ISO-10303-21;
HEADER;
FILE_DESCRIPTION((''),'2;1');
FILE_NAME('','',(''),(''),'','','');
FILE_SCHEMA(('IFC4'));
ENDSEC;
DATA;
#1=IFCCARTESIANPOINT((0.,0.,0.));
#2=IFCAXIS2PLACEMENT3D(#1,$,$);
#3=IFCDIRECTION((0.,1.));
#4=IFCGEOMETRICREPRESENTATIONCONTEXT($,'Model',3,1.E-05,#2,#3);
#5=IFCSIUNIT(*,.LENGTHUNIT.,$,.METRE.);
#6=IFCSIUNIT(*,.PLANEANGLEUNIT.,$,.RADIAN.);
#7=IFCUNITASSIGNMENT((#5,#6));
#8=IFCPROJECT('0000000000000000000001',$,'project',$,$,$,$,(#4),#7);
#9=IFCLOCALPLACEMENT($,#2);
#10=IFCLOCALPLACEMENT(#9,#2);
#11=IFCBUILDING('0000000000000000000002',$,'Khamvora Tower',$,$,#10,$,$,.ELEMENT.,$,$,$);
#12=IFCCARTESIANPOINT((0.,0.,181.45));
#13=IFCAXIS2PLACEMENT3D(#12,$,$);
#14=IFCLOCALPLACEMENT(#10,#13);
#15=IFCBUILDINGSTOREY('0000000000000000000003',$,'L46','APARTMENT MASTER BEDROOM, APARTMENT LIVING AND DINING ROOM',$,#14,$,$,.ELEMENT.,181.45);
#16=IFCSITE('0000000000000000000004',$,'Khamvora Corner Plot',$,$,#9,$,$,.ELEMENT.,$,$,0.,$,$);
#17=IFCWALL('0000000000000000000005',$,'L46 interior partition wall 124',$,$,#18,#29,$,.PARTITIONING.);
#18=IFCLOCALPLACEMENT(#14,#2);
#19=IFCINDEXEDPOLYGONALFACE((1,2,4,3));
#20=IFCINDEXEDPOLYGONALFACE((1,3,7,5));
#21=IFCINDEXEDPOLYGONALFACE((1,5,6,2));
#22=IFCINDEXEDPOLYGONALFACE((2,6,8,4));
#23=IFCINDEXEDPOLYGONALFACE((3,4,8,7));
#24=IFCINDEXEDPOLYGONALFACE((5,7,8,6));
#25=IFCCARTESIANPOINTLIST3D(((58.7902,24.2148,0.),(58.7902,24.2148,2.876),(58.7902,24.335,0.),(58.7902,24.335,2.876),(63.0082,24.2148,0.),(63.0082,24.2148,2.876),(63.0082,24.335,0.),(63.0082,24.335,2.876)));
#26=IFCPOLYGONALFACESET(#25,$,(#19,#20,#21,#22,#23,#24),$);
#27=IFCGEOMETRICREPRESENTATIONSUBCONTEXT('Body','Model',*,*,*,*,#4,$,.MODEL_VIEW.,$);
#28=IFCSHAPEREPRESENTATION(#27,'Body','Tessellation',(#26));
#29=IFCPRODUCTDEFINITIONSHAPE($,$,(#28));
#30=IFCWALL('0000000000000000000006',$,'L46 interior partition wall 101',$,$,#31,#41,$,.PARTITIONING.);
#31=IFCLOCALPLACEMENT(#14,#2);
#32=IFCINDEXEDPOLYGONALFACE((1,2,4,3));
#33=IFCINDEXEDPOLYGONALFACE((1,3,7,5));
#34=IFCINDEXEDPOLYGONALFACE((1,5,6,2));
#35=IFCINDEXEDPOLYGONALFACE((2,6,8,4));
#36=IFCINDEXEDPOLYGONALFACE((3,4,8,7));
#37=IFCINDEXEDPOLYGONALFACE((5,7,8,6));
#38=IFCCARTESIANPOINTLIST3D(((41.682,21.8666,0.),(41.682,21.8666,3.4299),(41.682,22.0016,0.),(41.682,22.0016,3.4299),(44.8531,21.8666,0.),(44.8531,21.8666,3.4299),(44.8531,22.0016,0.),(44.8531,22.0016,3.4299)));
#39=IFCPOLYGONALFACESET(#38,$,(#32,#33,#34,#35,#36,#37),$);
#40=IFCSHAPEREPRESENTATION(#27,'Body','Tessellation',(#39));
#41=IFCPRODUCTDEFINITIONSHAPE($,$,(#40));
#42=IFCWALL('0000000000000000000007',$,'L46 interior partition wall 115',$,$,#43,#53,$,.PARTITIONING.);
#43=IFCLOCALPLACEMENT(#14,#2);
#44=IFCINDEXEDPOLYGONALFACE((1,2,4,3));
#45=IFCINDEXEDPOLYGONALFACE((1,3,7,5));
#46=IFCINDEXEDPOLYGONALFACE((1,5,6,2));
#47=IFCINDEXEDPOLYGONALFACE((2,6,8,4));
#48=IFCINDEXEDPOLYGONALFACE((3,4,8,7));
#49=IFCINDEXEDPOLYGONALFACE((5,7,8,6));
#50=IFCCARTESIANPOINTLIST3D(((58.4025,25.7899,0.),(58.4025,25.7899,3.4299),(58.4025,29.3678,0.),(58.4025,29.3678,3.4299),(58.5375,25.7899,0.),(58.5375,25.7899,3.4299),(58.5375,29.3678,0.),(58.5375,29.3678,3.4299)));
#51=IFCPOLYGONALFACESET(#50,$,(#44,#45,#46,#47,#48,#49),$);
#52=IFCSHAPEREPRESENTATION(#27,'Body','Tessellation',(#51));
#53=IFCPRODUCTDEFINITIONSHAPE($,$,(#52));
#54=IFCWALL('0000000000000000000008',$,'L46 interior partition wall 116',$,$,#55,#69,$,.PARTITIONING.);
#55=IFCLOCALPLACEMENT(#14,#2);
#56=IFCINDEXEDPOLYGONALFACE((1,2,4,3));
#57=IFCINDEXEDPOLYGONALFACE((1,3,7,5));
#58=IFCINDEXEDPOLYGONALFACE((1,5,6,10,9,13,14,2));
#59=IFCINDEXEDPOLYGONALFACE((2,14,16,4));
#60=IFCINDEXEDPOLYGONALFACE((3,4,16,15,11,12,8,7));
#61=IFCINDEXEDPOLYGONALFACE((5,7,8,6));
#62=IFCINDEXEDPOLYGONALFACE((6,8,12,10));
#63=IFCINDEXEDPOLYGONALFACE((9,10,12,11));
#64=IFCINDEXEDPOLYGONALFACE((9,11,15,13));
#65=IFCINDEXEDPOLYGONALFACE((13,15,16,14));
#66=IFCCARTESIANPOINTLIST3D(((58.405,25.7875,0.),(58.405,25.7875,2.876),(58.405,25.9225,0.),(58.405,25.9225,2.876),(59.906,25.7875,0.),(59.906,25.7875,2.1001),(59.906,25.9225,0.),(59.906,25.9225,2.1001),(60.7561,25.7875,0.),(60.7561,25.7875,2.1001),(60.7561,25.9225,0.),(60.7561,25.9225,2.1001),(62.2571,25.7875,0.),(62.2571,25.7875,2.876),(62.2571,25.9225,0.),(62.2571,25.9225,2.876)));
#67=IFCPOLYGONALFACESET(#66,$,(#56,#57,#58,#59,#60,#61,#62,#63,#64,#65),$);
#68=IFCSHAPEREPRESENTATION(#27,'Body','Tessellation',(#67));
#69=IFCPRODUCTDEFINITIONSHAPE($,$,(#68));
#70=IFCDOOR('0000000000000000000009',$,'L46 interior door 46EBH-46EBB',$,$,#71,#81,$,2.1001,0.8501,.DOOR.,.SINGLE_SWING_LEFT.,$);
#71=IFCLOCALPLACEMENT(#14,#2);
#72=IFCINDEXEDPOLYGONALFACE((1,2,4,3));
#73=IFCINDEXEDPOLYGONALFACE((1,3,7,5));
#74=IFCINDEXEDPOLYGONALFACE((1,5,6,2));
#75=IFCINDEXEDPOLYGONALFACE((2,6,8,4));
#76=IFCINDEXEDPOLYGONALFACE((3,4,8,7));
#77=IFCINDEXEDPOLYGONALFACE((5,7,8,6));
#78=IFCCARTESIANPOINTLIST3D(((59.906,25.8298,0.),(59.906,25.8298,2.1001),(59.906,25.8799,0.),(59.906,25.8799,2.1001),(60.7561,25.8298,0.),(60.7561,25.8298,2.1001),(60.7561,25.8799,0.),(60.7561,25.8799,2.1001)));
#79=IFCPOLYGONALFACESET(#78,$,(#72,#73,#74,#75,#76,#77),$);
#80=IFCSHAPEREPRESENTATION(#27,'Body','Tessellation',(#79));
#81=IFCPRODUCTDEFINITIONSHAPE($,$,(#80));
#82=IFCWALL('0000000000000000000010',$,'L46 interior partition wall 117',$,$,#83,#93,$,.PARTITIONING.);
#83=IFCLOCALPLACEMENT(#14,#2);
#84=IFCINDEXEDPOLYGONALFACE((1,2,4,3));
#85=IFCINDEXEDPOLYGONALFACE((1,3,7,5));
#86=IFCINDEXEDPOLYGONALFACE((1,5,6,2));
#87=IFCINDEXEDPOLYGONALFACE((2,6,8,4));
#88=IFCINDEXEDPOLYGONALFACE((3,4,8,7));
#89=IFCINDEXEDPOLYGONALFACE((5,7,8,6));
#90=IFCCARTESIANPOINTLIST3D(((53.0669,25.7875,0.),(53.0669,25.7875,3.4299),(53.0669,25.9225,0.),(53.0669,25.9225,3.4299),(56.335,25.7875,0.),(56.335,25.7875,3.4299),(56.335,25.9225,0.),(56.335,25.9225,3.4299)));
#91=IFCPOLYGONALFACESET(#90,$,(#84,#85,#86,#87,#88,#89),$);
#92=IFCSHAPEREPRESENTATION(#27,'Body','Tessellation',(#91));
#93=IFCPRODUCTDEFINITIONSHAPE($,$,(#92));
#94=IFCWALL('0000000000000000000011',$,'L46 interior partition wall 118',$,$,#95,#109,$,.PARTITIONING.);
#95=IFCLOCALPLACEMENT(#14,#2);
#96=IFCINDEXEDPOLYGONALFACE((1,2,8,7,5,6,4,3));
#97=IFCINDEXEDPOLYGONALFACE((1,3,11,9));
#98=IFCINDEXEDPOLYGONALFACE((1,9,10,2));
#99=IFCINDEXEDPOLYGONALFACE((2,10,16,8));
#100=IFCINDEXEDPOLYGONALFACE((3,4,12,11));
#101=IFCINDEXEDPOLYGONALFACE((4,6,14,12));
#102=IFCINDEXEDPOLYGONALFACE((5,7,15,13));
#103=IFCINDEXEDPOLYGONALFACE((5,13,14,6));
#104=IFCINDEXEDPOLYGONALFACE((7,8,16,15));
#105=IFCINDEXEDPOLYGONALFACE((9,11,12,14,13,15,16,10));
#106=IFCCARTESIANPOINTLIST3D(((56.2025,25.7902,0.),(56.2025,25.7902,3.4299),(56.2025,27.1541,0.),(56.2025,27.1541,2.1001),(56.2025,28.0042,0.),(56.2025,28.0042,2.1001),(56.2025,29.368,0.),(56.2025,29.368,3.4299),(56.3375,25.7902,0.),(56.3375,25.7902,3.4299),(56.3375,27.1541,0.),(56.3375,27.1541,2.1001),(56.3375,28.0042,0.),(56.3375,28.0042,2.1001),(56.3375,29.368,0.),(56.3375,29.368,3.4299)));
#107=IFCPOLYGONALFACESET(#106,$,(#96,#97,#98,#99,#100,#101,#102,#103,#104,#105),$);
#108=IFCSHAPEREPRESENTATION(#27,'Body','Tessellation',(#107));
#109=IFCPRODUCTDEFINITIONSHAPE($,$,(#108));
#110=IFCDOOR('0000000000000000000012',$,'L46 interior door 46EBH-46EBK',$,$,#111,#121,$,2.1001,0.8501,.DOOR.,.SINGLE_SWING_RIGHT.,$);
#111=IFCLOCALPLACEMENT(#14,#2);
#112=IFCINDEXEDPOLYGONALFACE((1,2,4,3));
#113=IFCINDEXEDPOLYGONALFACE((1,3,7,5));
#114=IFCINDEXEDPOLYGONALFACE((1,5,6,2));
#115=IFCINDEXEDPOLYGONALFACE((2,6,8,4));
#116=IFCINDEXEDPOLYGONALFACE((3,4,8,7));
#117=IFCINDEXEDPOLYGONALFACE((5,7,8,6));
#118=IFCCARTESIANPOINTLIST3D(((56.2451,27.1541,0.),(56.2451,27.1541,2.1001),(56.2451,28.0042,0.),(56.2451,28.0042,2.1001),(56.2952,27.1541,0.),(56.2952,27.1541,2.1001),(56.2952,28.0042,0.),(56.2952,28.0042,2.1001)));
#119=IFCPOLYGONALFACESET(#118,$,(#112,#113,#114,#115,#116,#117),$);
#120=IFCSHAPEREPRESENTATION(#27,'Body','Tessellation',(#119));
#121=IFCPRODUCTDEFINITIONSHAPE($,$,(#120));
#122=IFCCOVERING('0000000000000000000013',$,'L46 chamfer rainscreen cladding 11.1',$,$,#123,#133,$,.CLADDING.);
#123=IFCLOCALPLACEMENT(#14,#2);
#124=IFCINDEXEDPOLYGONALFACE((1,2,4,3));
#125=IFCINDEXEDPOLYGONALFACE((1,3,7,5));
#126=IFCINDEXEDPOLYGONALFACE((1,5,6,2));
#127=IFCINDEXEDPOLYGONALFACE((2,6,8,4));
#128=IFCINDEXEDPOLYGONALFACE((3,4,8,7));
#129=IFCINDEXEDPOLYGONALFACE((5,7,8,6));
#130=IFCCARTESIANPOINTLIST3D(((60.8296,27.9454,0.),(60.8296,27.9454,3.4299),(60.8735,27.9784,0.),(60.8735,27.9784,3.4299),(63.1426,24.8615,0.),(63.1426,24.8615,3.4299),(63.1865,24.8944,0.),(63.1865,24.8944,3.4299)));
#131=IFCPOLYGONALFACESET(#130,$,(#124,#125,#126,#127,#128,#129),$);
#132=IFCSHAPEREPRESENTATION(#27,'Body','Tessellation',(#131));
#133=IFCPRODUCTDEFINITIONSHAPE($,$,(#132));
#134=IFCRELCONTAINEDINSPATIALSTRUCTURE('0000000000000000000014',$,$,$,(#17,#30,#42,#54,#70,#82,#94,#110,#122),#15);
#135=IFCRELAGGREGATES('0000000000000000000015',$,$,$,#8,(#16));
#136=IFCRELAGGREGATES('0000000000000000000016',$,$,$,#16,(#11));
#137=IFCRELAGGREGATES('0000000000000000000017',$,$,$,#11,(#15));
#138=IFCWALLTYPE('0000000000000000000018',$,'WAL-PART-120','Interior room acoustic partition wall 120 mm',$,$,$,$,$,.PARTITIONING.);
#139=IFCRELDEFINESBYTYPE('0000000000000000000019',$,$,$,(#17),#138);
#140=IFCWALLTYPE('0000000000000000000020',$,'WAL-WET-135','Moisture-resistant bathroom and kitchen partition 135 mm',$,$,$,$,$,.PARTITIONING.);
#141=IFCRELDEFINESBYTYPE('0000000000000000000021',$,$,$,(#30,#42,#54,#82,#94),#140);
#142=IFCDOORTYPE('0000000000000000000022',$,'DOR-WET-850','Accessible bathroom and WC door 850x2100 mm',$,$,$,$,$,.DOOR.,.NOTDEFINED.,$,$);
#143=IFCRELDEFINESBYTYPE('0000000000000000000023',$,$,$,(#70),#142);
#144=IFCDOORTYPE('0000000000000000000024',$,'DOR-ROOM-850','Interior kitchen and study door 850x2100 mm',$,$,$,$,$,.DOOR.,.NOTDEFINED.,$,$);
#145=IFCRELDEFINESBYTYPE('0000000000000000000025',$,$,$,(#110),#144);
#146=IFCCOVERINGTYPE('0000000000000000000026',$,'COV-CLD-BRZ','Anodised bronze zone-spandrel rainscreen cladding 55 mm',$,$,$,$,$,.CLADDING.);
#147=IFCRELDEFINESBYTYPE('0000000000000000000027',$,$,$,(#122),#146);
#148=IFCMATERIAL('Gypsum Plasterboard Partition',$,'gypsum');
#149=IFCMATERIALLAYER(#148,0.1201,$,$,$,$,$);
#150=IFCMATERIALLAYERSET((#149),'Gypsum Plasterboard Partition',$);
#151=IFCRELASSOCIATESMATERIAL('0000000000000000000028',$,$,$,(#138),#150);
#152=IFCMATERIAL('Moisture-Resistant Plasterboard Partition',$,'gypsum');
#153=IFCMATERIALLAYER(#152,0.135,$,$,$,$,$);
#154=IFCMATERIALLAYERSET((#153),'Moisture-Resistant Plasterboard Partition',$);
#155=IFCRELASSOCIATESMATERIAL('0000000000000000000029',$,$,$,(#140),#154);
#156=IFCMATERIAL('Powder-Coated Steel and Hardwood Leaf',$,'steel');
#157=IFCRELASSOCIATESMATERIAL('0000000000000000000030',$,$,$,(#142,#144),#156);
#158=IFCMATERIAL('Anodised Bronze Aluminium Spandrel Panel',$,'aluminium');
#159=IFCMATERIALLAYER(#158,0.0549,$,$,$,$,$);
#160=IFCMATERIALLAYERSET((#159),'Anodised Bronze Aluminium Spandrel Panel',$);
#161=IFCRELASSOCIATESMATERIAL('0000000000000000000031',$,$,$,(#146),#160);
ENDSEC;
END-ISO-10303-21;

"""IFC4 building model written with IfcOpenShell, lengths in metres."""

from ifc_helpers import new_model, si_unit, direction, frame, frame_2d, origin, origin_2d, place, context, subcontext, project, spatial, rectangle, extrude, material, layer, layer_set, type_object, element, fill, save


model = new_model("IFC4")

# Units and contexts
model_context = context("Model", 3, precision=1e-05, world=origin(), true_north=direction((0.0, 1.0)))
body_context = subcontext(model_context, "Body", "Model", "MODEL_VIEW")
ifc_project = project(units=[si_unit("LENGTHUNIT", "METRE"), si_unit("PLANEANGLEUNIT", "RADIAN")], contexts=[model_context])

# Site, building, storey
site_placement = place(None, origin())
site = spatial("IfcSite", under=ifc_project, at=site_placement, Name="Khamvora Corner Plot", CompositionType="ELEMENT", RefElevation=0.0)
building_placement = place(site_placement, origin())
building = spatial("IfcBuilding", under=site, at=building_placement, Name="Khamvora Tower", CompositionType="ELEMENT")
storey_placement = place(building_placement, frame((0.0, 0.0, 181.45)))
storey = spatial("IfcBuildingStorey", under=building, at=storey_placement, Name="L46", Description="APARTMENT MASTER BEDROOM, APARTMENT LIVING AND DINING ROOM", CompositionType="ELEMENT", Elevation=181.45)

# Shared definitions
ifc_material_1 = material(Name="Gypsum Plasterboard Partition", Category="gypsum")
ifc_layer_1 = layer(ifc_material_1, 0.1201)
ifc_layer_set_1 = layer_set([ifc_layer_1], Name="Gypsum Plasterboard Partition")
wall_type_1 = type_object("IfcWallType", Name="WAL-PART-120", Description="Interior room acoustic partition wall 120 mm", PredefinedType="PARTITIONING", material=ifc_layer_set_1)
ifc_material_2 = material(Name="Powder-Coated Steel and Hardwood Leaf", Category="steel")

# Walls
wall_1_placement = place(storey_placement, frame((63.0081, 24.2749, 0.0), z_axis=(0.0, 0.0, 1.0), x_axis=(-1.0, 0.0, 0.0)))
element("IfcWall", 1, at=wall_1_placement, inside=storey, type_object=wall_type_1, Name="L46 interior partition wall 124", PredefinedType="PARTITIONING", context=body_context, shape_type="SweptSolid", body=[
    extrude(rectangle(XDim=4.218, YDim=0.1201, at=frame_2d((2.1089, 0.0))), origin(), (0.0, 0.0, 1.0), 2.876),
])
ifc_material_3 = material(Name="Moisture-Resistant Plasterboard Partition", Category="gypsum")
ifc_layer_2 = layer(ifc_material_3, 0.135)
ifc_layer_set_2 = layer_set([ifc_layer_2], Name="Moisture-Resistant Plasterboard Partition")
wall_type_2 = type_object("IfcWallType", Name="WAL-WET-135", Description="Moisture-resistant bathroom and kitchen partition 135 mm", PredefinedType="PARTITIONING", material=ifc_layer_set_2)
wall_2_placement = place(storey_placement, frame((44.853, 21.9341, 0.0), z_axis=(0.0, 0.0, 1.0), x_axis=(-1.0, 0.0, 0.0)))
element("IfcWall", 2, at=wall_2_placement, inside=storey, type_object=wall_type_2, Name="L46 interior partition wall 101", PredefinedType="PARTITIONING", context=body_context, shape_type="SweptSolid", body=[
    extrude(rectangle(XDim=3.1711, YDim=0.135, at=frame_2d((1.5854, 0.0))), origin(), (0.0, 0.0, 1.0), 3.4299),
])
wall_3_placement = place(storey_placement, frame((58.47, 29.3679, 0.0), z_axis=(0.0, 0.0, 1.0), x_axis=(0.0, -1.0, 0.0)))
element("IfcWall", 3, at=wall_3_placement, inside=storey, type_object=wall_type_2, Name="L46 interior partition wall 115", PredefinedType="PARTITIONING", context=body_context, shape_type="SweptSolid", body=[
    extrude(rectangle(XDim=3.5779, YDim=0.135, at=frame_2d((1.7891, 0.0))), origin(), (0.0, 0.0, 1.0), 3.4299),
])

# Wall, opening, door
wall_4_placement = place(storey_placement, frame((58.405, 25.855, 0.0), z_axis=(0.0, 0.0, 1.0), x_axis=(1.0, 0.0, 0.0)))
wall_4 = element("IfcWall", 4, at=wall_4_placement, inside=storey, type_object=wall_type_2, Name="L46 interior partition wall 116", PredefinedType="PARTITIONING", context=body_context, shape_type="SweptSolid", body=[
    extrude(rectangle(XDim=3.8521, YDim=0.135, at=frame_2d((1.926, 0.0))), origin(), (0.0, 0.0, 1.0), 2.876),
])
opening_1_placement = place(wall_4_placement, frame((1.501, 0.0, 0.0)))
opening_1 = element("IfcOpeningElement", 5, at=opening_1_placement, cuts=wall_4, PredefinedType="OPENING", context=body_context, shape_type="SweptSolid", body=[
    extrude(rectangle(XDim=0.8501, YDim=2.1001, at=frame_2d((0.425, 1.05))), frame((0.0, 0.0774, 0.0), z_axis=(0.0, -1.0, 0.0), x_axis=(1.0, 0.0, 0.0)), (0.0, 0.0, 1.0), 0.155),
])
door_type_1 = type_object("IfcDoorType", Name="DOR-WET-850", Description="Accessible bathroom and WC door 850x2100 mm", OperationType="NOTDEFINED", PredefinedType="DOOR", material=ifc_material_2)
door_1_placement = place(opening_1_placement, origin())
door_1 = element("IfcDoor", 6, at=door_1_placement, inside=storey, type_object=door_type_1, Name="L46 interior door 46EBH-46EBB", OperationType="SINGLE_SWING_LEFT", OverallHeight=2.1001, OverallWidth=0.8501, PredefinedType="DOOR", context=body_context, shape_type="SweptSolid", body=[
    extrude(rectangle(XDim=0.8501, YDim=2.1001, at=frame_2d((0.425, 1.05))), frame((0.0, 0.0249, 0.0), z_axis=(0.0, -1.0, 0.0), x_axis=(1.0, 0.0, 0.0)), (0.0, 0.0, 1.0), 0.05),
])
fill(opening_1, door_1)

# Wall
wall_5_placement = place(storey_placement, frame((53.0669, 25.855, 0.0), z_axis=(0.0, 0.0, 1.0), x_axis=(1.0, 0.0, 0.0)))
element("IfcWall", 7, at=wall_5_placement, inside=storey, type_object=wall_type_2, Name="L46 interior partition wall 117", PredefinedType="PARTITIONING", context=body_context, shape_type="SweptSolid", body=[
    extrude(rectangle(XDim=3.2681, YDim=0.135, at=frame_2d((1.634, 0.0))), origin(), (0.0, 0.0, 1.0), 3.4299),
])

# Wall, opening, door
wall_6_placement = place(storey_placement, frame((56.27, 25.79, 0.0), z_axis=(0.0, 0.0, 1.0), x_axis=(0.0, 1.0, 0.0)))
wall_6 = element("IfcWall", 8, at=wall_6_placement, inside=storey, type_object=wall_type_2, Name="L46 interior partition wall 118", PredefinedType="PARTITIONING", context=body_context, shape_type="SweptSolid", body=[
    extrude(rectangle(XDim=3.5779, YDim=0.135, at=frame_2d((1.7891, 0.0))), origin(), (0.0, 0.0, 1.0), 3.4299),
])
opening_2_placement = place(wall_6_placement, frame((1.364, 0.0, 0.0)))
opening_2 = element("IfcOpeningElement", 9, at=opening_2_placement, cuts=wall_6, PredefinedType="OPENING", context=body_context, shape_type="SweptSolid", body=[
    extrude(rectangle(XDim=0.8501, YDim=2.1001, at=frame_2d((0.425, 1.05))), frame((0.0, 0.0774, 0.0), z_axis=(0.0, -1.0, 0.0), x_axis=(1.0, 0.0, 0.0)), (0.0, 0.0, 1.0), 0.155),
])
door_type_2 = type_object("IfcDoorType", Name="DOR-ROOM-850", Description="Interior kitchen and study door 850x2100 mm", OperationType="NOTDEFINED", PredefinedType="DOOR", material=ifc_material_2)
door_2_placement = place(opening_2_placement, origin())
door_2 = element("IfcDoor", 10, at=door_2_placement, inside=storey, type_object=door_type_2, Name="L46 interior door 46EBH-46EBK", OperationType="SINGLE_SWING_RIGHT", OverallHeight=2.1001, OverallWidth=0.8501, PredefinedType="DOOR", context=body_context, shape_type="SweptSolid", body=[
    extrude(rectangle(XDim=0.8501, YDim=2.1001, at=frame_2d((0.425, 1.05))), frame((0.0, 0.0249, 0.0), z_axis=(0.0, -1.0, 0.0), x_axis=(1.0, 0.0, 0.0)), (0.0, 0.0, 1.0), 0.05),
])
fill(opening_2, door_2)

# Covering
ifc_material_4 = material(Name="Anodised Bronze Aluminium Spandrel Panel", Category="aluminium")
ifc_layer_3 = layer(ifc_material_4, 0.0549)
ifc_layer_set_3 = layer_set([ifc_layer_3], Name="Anodised Bronze Aluminium Spandrel Panel")
covering_type = type_object("IfcCoveringType", Name="COV-CLD-BRZ", Description="Anodised bronze zone-spandrel rainscreen cladding 55 mm", PredefinedType="CLADDING", material=ifc_layer_set_3)
covering_placement = place(storey_placement, frame((62.0081, 26.4199, 0.0), z_axis=(0.0, 0.0, 1.0), x_axis=(0.6, -0.8, 0.0)))
element("IfcCovering", 11, at=covering_placement, inside=storey, type_object=covering_type, Name="L46 chamfer rainscreen cladding 11.1", PredefinedType="CLADDING", context=body_context, shape_type="SweptSolid", body=[
    extrude(rectangle(XDim=3.855, YDim=0.0549, at=origin_2d()), origin(), (0.0, 0.0, 1.0), 3.4299),
])

save(model, "model.ifc")
